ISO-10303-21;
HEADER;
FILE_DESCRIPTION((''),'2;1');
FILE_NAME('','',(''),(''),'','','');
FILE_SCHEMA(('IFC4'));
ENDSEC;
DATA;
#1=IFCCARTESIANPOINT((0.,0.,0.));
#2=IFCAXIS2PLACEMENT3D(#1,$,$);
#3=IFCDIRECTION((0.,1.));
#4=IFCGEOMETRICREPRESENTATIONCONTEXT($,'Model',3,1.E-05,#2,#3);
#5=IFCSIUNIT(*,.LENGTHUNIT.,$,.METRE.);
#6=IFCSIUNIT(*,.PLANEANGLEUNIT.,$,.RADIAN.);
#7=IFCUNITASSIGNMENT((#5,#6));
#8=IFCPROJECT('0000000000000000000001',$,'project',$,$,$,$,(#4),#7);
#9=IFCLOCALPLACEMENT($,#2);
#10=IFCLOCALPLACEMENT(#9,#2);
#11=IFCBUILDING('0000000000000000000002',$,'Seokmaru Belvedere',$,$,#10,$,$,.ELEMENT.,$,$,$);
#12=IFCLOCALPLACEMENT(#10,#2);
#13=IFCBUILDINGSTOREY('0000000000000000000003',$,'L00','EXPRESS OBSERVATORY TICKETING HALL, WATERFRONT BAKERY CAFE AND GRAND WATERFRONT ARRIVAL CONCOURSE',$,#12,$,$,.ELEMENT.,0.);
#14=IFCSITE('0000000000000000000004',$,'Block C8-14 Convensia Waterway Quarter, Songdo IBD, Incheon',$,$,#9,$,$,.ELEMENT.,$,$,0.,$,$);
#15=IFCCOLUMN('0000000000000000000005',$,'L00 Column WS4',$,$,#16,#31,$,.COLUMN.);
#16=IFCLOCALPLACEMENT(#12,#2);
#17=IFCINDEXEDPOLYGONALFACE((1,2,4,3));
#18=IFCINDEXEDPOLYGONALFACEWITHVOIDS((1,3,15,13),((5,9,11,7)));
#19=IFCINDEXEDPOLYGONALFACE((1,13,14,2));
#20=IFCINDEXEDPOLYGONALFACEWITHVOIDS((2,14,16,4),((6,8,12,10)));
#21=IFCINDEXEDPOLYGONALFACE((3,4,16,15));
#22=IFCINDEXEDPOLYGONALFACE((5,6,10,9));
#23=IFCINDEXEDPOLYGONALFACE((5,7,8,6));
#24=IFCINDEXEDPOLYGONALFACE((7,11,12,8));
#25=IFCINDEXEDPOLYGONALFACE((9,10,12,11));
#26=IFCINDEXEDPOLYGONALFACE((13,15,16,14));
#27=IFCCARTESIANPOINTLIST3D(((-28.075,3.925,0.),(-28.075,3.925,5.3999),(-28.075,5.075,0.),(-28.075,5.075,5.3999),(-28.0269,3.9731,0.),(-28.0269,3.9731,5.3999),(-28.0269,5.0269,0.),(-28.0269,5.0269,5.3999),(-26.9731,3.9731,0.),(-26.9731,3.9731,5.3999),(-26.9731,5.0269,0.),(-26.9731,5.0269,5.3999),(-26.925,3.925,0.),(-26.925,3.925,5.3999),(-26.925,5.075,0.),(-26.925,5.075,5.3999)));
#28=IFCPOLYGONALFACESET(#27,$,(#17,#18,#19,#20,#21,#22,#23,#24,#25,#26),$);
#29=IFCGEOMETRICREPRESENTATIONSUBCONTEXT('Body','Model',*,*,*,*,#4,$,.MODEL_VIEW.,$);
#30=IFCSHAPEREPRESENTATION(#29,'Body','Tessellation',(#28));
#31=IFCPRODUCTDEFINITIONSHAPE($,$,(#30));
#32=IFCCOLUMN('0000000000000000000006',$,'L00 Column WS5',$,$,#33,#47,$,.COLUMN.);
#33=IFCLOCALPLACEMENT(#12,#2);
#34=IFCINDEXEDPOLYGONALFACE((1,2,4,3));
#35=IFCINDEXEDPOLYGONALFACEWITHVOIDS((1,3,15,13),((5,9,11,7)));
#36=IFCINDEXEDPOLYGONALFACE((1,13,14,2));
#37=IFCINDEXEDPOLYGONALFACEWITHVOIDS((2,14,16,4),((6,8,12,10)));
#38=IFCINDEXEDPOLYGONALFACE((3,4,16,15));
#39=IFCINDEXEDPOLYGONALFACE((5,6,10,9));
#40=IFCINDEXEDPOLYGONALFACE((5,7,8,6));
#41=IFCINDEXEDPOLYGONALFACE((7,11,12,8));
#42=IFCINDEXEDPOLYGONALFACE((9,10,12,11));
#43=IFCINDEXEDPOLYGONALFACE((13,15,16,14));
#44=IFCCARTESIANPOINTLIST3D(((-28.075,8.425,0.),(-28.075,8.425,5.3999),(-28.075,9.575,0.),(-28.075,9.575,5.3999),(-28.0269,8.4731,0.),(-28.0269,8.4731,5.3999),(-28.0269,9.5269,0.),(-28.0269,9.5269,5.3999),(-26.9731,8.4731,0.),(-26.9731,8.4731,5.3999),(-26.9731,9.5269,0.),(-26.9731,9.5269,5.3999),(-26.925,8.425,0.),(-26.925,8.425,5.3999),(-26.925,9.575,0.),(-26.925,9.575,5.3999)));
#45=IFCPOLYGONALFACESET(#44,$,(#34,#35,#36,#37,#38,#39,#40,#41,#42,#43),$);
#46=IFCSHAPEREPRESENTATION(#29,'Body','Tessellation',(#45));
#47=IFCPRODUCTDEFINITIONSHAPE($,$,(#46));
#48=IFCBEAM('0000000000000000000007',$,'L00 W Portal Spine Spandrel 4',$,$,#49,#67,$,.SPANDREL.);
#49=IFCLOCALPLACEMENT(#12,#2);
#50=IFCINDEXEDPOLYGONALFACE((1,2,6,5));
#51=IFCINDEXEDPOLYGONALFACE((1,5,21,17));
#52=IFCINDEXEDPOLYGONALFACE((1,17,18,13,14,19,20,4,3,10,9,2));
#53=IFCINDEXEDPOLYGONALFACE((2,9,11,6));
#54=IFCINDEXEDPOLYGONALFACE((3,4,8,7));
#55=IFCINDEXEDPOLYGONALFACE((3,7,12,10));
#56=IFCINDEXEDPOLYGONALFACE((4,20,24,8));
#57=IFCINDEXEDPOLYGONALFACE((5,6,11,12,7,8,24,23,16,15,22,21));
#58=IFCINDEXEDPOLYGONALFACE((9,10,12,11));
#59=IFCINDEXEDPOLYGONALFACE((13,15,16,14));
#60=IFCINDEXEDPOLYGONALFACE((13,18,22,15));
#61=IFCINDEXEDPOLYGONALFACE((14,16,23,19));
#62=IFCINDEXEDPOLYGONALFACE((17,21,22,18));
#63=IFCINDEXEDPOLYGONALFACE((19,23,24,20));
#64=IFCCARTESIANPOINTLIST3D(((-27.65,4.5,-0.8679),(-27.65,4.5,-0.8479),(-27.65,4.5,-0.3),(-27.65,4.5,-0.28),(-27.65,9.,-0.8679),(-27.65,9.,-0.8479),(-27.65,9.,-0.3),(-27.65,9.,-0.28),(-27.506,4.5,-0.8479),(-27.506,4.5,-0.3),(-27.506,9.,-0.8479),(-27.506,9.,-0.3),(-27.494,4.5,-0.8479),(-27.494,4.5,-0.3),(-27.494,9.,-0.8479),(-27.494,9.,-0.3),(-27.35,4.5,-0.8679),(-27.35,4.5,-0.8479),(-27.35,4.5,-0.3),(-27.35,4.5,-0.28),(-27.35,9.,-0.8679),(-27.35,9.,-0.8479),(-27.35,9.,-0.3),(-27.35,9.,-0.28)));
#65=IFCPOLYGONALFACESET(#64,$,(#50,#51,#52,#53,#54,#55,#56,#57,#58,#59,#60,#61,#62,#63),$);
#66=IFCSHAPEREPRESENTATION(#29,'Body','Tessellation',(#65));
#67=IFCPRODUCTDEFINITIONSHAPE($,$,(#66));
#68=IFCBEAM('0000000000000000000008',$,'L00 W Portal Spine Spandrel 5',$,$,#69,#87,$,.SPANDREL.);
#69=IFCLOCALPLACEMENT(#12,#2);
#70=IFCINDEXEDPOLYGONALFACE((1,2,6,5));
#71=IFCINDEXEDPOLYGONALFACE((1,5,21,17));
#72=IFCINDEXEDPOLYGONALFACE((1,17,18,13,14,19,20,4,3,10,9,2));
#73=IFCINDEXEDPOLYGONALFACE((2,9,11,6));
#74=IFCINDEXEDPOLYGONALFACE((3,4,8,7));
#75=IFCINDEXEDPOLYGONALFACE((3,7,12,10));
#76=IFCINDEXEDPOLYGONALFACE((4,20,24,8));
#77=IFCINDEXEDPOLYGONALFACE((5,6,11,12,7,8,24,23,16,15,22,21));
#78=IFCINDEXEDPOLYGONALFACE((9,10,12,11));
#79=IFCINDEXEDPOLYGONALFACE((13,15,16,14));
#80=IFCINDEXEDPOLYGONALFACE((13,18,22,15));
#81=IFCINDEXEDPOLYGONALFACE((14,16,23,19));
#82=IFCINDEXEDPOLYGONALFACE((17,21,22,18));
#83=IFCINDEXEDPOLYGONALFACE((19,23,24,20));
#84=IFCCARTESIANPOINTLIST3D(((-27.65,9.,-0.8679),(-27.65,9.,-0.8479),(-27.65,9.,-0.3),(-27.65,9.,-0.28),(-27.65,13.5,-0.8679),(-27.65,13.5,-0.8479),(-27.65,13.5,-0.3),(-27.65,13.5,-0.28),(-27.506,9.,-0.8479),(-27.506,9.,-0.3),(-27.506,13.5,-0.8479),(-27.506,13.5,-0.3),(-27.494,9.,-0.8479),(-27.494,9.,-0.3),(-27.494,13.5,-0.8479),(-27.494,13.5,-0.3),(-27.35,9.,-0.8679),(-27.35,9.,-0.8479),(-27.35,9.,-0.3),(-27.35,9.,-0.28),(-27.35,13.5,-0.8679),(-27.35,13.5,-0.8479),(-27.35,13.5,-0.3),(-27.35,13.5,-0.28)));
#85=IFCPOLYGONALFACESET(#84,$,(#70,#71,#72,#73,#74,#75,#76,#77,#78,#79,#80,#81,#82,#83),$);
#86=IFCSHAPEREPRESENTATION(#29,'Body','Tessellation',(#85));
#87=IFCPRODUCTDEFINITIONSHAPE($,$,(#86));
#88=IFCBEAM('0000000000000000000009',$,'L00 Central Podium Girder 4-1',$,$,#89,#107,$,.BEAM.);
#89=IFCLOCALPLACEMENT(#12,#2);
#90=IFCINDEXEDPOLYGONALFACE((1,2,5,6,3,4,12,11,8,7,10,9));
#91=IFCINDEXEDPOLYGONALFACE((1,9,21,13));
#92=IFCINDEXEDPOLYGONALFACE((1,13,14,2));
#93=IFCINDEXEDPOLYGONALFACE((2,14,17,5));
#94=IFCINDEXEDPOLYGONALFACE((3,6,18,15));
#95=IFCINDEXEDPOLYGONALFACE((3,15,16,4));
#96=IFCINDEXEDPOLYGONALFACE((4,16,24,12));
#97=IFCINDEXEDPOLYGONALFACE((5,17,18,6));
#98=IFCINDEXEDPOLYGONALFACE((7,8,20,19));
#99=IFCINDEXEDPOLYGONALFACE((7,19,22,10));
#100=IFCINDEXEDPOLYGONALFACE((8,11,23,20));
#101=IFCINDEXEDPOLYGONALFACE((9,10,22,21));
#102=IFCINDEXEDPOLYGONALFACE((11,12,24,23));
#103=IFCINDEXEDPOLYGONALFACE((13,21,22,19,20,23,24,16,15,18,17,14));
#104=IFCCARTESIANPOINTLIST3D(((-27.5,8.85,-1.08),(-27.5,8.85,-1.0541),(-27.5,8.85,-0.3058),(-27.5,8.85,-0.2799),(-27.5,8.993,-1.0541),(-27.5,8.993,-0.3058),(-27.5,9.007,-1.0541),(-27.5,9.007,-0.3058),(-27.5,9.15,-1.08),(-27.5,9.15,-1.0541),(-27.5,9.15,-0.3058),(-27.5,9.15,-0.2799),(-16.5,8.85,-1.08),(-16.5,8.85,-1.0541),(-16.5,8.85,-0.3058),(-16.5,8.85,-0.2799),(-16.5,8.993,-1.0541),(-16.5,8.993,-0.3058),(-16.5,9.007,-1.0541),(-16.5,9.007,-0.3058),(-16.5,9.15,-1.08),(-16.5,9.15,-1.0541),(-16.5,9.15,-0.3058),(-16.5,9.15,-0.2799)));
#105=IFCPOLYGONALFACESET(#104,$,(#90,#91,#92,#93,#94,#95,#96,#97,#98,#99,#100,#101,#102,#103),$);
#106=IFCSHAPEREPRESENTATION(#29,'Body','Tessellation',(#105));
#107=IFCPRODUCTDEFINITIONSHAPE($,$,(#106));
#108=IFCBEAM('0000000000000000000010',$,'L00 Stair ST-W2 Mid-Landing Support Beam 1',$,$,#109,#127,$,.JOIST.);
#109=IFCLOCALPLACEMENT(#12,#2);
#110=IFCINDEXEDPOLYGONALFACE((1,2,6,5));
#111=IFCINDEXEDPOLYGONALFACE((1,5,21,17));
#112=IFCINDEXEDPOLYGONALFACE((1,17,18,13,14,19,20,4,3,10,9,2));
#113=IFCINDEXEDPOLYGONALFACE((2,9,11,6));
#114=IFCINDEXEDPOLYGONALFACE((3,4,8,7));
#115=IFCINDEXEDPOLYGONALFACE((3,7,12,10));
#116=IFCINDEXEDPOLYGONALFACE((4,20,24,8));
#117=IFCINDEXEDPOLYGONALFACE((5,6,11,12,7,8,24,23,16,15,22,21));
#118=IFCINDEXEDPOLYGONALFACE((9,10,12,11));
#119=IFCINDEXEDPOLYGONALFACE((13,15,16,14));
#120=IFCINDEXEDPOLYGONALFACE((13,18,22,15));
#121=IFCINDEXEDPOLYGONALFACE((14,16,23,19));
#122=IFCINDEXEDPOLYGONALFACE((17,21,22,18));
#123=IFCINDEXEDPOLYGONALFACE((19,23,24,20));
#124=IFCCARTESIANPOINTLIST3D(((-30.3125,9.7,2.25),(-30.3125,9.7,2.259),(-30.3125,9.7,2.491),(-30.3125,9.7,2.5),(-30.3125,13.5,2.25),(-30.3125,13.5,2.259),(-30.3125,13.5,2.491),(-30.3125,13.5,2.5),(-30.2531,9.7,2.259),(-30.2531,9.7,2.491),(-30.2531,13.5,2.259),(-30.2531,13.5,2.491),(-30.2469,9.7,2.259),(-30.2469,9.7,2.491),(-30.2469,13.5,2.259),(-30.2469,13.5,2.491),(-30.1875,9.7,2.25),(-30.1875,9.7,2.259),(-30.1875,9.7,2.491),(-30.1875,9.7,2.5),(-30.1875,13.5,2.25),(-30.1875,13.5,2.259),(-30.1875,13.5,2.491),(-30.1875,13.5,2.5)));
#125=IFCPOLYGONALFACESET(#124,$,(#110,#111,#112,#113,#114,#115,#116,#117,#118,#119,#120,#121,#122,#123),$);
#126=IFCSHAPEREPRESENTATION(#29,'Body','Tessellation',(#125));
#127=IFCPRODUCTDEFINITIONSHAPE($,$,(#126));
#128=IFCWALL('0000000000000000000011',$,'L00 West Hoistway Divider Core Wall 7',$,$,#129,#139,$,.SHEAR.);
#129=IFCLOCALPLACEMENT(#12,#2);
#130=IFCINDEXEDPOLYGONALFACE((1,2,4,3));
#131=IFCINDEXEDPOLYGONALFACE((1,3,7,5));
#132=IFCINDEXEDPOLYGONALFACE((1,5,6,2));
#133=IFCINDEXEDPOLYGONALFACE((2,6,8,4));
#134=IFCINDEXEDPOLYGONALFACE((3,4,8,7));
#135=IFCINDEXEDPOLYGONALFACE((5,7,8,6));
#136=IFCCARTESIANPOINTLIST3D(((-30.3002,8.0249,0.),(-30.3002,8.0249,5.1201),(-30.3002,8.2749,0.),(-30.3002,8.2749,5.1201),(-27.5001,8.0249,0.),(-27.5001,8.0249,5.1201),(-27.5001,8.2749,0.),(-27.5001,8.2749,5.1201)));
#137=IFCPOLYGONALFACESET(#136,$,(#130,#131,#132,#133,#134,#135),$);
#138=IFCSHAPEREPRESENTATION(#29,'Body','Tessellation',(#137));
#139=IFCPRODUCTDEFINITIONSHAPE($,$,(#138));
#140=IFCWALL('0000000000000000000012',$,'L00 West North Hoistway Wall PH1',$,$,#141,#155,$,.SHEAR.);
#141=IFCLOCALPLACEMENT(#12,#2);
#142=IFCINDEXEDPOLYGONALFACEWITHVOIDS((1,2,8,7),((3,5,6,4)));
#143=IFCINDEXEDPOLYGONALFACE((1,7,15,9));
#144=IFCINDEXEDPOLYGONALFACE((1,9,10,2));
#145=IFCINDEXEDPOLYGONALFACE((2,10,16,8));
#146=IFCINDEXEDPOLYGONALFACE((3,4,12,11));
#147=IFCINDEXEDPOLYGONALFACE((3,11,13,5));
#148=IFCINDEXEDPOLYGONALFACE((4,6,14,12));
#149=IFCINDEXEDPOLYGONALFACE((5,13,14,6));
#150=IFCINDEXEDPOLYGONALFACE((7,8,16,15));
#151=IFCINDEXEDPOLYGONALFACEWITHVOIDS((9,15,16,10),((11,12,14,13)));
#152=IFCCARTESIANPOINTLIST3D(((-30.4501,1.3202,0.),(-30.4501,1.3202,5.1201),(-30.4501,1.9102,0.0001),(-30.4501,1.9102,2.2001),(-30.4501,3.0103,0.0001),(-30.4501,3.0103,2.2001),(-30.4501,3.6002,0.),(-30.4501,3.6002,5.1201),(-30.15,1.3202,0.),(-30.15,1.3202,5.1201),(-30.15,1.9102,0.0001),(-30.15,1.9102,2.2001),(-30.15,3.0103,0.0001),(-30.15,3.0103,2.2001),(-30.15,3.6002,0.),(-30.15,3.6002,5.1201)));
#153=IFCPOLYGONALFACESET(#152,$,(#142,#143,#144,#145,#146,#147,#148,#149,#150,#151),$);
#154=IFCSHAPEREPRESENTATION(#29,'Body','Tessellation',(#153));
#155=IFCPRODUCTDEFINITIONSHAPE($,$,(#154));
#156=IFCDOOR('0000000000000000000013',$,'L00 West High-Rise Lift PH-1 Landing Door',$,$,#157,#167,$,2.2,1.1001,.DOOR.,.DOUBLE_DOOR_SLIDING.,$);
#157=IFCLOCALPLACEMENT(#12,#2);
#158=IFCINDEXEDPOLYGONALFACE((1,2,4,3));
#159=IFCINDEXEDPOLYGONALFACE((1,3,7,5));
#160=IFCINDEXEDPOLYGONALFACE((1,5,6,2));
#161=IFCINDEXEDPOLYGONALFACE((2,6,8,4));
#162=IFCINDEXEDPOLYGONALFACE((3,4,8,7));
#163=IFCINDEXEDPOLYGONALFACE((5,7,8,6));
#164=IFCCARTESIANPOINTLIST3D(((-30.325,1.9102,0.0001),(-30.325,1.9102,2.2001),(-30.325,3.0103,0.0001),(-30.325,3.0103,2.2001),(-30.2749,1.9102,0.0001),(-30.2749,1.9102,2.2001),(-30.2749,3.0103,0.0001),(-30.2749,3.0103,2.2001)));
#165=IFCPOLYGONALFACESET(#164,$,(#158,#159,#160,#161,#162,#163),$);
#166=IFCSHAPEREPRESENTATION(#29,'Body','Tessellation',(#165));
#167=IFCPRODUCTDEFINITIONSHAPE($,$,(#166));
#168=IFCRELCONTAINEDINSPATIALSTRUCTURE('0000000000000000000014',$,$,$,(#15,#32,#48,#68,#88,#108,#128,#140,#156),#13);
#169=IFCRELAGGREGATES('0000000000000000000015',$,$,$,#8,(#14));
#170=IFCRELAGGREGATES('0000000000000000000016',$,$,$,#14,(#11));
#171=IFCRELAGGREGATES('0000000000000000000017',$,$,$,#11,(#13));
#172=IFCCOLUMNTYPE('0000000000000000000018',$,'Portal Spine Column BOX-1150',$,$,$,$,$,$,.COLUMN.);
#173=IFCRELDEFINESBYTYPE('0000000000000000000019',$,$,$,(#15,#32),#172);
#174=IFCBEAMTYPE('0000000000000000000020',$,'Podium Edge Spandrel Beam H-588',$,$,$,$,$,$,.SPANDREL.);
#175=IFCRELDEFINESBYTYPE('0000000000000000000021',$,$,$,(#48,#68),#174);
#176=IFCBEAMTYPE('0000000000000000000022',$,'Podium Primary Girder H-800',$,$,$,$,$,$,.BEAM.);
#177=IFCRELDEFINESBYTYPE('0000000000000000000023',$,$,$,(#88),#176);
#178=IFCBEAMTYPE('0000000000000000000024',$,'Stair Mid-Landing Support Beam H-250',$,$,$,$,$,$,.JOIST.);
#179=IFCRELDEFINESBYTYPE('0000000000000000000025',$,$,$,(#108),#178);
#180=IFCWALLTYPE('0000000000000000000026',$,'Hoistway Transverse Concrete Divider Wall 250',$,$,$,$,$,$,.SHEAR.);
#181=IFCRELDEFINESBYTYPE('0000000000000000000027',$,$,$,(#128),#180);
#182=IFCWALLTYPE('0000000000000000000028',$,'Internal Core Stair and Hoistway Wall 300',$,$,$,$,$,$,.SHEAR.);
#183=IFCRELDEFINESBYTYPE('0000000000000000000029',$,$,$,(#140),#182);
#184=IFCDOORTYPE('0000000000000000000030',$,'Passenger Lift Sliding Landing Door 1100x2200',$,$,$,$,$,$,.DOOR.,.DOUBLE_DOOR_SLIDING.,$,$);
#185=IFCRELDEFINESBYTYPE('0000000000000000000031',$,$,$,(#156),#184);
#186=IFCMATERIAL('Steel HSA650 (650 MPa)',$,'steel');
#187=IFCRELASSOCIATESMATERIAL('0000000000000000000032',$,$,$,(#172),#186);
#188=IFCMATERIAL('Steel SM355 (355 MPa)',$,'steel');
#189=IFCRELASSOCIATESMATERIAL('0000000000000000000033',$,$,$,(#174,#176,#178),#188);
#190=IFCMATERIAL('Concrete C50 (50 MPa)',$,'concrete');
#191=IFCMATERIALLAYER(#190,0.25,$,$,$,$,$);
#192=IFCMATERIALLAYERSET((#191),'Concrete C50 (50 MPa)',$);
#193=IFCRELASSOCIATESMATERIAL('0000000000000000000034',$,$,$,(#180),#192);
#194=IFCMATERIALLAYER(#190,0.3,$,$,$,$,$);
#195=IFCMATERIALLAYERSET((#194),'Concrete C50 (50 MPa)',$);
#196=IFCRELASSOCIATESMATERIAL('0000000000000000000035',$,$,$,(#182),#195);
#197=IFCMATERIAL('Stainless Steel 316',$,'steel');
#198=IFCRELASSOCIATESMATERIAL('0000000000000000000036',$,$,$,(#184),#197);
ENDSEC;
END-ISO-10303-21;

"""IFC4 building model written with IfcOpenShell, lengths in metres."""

from ifc_helpers import new_model, si_unit, direction, frame, frame_2d, origin, origin_2d, place, context, subcontext, project, spatial, rectangle, hollow_rectangle, i_section, extrude, source, transform, mapped, material, layer, layer_set, material_profile, profile_set, type_object, type_shapes, element, fill, save


model = new_model("IFC4")

# Units and contexts
model_context = context("Model", 3, precision=1e-05, world=origin(), true_north=direction((0.0, 1.0)))
body_context = subcontext(model_context, "Body", "Model", "MODEL_VIEW")
ifc_project = project(units=[si_unit("LENGTHUNIT", "METRE"), si_unit("PLANEANGLEUNIT", "RADIAN")], contexts=[model_context])

# Site, building, storey
site_placement = place(None, origin())
site = spatial("IfcSite", under=ifc_project, at=site_placement, Name="Block C8-14 Convensia Waterway Quarter, Songdo IBD, Incheon", CompositionType="ELEMENT", RefElevation=0.0)
building_placement = place(site_placement, origin())
building = spatial("IfcBuilding", under=site, at=building_placement, Name="Seokmaru Belvedere", CompositionType="ELEMENT")
storey_placement = place(building_placement, origin())
storey = spatial("IfcBuildingStorey", under=building, at=storey_placement, Name="L00", Description="EXPRESS OBSERVATORY TICKETING HALL, WATERFRONT BAKERY CAFE AND GRAND WATERFRONT ARRIVAL CONCOURSE", CompositionType="ELEMENT", Elevation=0.0)

# Columns
ifc_material_1 = material(Name="Steel HSA650 (650 MPa)", Category="steel")
ifc_material_profile_1 = material_profile(ifc_material_1, hollow_rectangle(XDim=1.1499, YDim=1.1499, WallThickness=0.0481, at=origin_2d()), Name="BOX-1150x1150x48")
ifc_profile_set_1 = profile_set([ifc_material_profile_1], Name="Steel HSA650 (650 MPa)")
column_type = type_object("IfcColumnType", Name="Portal Spine Column BOX-1150", PredefinedType="COLUMN", material=ifc_profile_set_1)
shared_shape_1 = source(origin(), body_context, "Body", "SweptSolid", [
    extrude(hollow_rectangle(XDim=1.1499, YDim=1.1499, WallThickness=0.0481, at=origin_2d()), origin(), (0.0, 0.0, 1.0), 5.3999),
])
type_shapes(column_type, [shared_shape_1])
for number, where, z_axis, x_axis, name in (
    (1, (-27.5, 4.5, 0.0), (0.0, 0.0, 1.0), (1.0, 0.0, 0.0), "L00 Column WS4"),
    (2, (-27.5, 9.0, 0.0), (0.0, 0.0, 1.0), (1.0, 0.0, 0.0), "L00 Column WS5"),
):
    element("IfcColumn", number, at=place(storey_placement, frame(where, z_axis=z_axis, x_axis=x_axis)), inside=storey, type_object=column_type, Name=name, PredefinedType="COLUMN", context=body_context, shape_type="MappedRepresentation", body=[
        mapped(shared_shape_1, transform((0.0, 0.0, 0.0), scale=1.0)),
    ])

# Beams
ifc_material_2 = material(Name="Steel SM355 (355 MPa)", Category="steel")
ifc_material_profile_2 = material_profile(ifc_material_2, i_section(OverallWidth=0.3, OverallDepth=0.5879, WebThickness=0.012, FlangeThickness=0.02, at=origin_2d()), Name="H-588x300x12x20")
ifc_profile_set_2 = profile_set([ifc_material_profile_2], Name="Steel SM355 (355 MPa)")
beam_type_1 = type_object("IfcBeamType", Name="Podium Edge Spandrel Beam H-588", PredefinedType="SPANDREL", material=ifc_profile_set_2)
shared_shape_2 = source(origin(), body_context, "Body", "SweptSolid", [
    extrude(i_section(OverallWidth=0.3, OverallDepth=0.5879, WebThickness=0.012, FlangeThickness=0.02, at=origin_2d()), origin(), (0.0, 0.0, 1.0), 4.5),
])
type_shapes(beam_type_1, [shared_shape_2])
for number, where, z_axis, x_axis, name in (
    (3, (-27.5, 4.5, -0.574), (0.0, 1.0, 0.0), (-1.0, 0.0, 0.0), "L00 W Portal Spine Spandrel 4"),
    (4, (-27.5, 9.0, -0.574), (0.0, 1.0, 0.0), (-1.0, 0.0, 0.0), "L00 W Portal Spine Spandrel 5"),
):
    element("IfcBeam", number, at=place(storey_placement, frame(where, z_axis=z_axis, x_axis=x_axis)), inside=storey, type_object=beam_type_1, Name=name, PredefinedType="SPANDREL", context=body_context, shape_type="MappedRepresentation", body=[
        mapped(shared_shape_2, transform((0.0, 0.0, 0.0), scale=1.0)),
    ])
ifc_material_profile_3 = material_profile(ifc_material_2, i_section(OverallWidth=0.3, OverallDepth=0.8, WebThickness=0.0139, FlangeThickness=0.0259, at=origin_2d()), Name="H-800x300x14x26")
ifc_profile_set_3 = profile_set([ifc_material_profile_3], Name="Steel SM355 (355 MPa)")
beam_type_2 = type_object("IfcBeamType", Name="Podium Primary Girder H-800", PredefinedType="BEAM", material=ifc_profile_set_3)
shared_shape_3 = source(origin(), body_context, "Body", "SweptSolid", [
    extrude(i_section(OverallWidth=0.3, OverallDepth=0.8, WebThickness=0.0139, FlangeThickness=0.0259, at=origin_2d()), origin(), (0.0, 0.0, 1.0), 11.0),
])
type_shapes(beam_type_2, [shared_shape_3])
beam_1_placement = place(storey_placement, frame((-27.5, 9.0, -0.6799), z_axis=(1.0, 0.0, 0.0), x_axis=(0.0, 1.0, 0.0)))
element("IfcBeam", 5, at=beam_1_placement, inside=storey, type_object=beam_type_2, Name="L00 Central Podium Girder 4-1", PredefinedType="BEAM", context=body_context, shape_type="MappedRepresentation", body=[
    mapped(shared_shape_3, transform((0.0, 0.0, 0.0), scale=1.0)),
])
ifc_material_profile_4 = material_profile(ifc_material_2, i_section(OverallWidth=0.125, OverallDepth=0.25, WebThickness=0.0061, FlangeThickness=0.009, at=origin_2d()), Name="H-250x125x6x9")
ifc_profile_set_4 = profile_set([ifc_material_profile_4], Name="Steel SM355 (355 MPa)")
beam_type_3 = type_object("IfcBeamType", Name="Stair Mid-Landing Support Beam H-250", PredefinedType="JOIST", material=ifc_profile_set_4)
shared_shape_4 = source(origin(), body_context, "Body", "SweptSolid", [
    extrude(i_section(OverallWidth=0.125, OverallDepth=0.25, WebThickness=0.0061, FlangeThickness=0.009, at=origin_2d()), origin(), (0.0, 0.0, 1.0), 3.8),
])
type_shapes(beam_type_3, [shared_shape_4])
beam_2_placement = place(storey_placement, frame((-30.25, 9.7, 2.375), z_axis=(0.0, 1.0, 0.0), x_axis=(-1.0, 0.0, 0.0)))
element("IfcBeam", 6, at=beam_2_placement, inside=storey, type_object=beam_type_3, Name="L00 Stair ST-W2 Mid-Landing Support Beam 1", PredefinedType="JOIST", context=body_context, shape_type="MappedRepresentation", body=[
    mapped(shared_shape_4, transform((0.0, 0.0, 0.0), scale=1.0)),
])

# Wall
ifc_material_3 = material(Name="Concrete C50 (50 MPa)", Category="concrete")
ifc_layer_1 = layer(ifc_material_3, 0.25)
ifc_layer_set_1 = layer_set([ifc_layer_1], Name="Concrete C50 (50 MPa)")
wall_type_1 = type_object("IfcWallType", Name="Hoistway Transverse Concrete Divider Wall 250", PredefinedType="SHEAR", material=ifc_layer_set_1)
wall_1_placement = place(storey_placement, frame((-30.3, 8.1499, 0.0), z_axis=(0.0, 0.0, 1.0), x_axis=(1.0, 0.0, 0.0)))
element("IfcWall", 7, at=wall_1_placement, inside=storey, type_object=wall_type_1, Name="L00 West Hoistway Divider Core Wall 7", PredefinedType="SHEAR", context=body_context, shape_type="SweptSolid", body=[
    extrude(rectangle(XDim=2.8, YDim=0.25, at=frame_2d((1.3999, 0.0))), origin(), (0.0, 0.0, 1.0), 5.1201),
])

# Wall, opening, door
ifc_layer_2 = layer(ifc_material_3, 0.3)
ifc_layer_set_2 = layer_set([ifc_layer_2], Name="Concrete C50 (50 MPa)")
wall_type_2 = type_object("IfcWallType", Name="Internal Core Stair and Hoistway Wall 300", PredefinedType="SHEAR", material=ifc_layer_set_2)
wall_2_placement = place(storey_placement, frame((-30.3, 1.3201, 0.0), z_axis=(0.0, 0.0, 1.0), x_axis=(0.0, 1.0, 0.0)))
wall_2 = element("IfcWall", 8, at=wall_2_placement, inside=storey, type_object=wall_type_2, Name="L00 West North Hoistway Wall PH1", PredefinedType="SHEAR", context=body_context, shape_type="SweptSolid", body=[
    extrude(rectangle(XDim=2.28, YDim=0.3, at=frame_2d((1.1401, 0.0))), origin(), (0.0, 0.0, 1.0), 5.1201),
])
opening_1_placement = place(wall_2_placement, frame((0.5901, 0.0, 0.0)))
opening_1 = element("IfcOpeningElement", 9, at=opening_1_placement, cuts=wall_2, PredefinedType="OPENING", context=body_context, shape_type="SweptSolid", body=[
    extrude(rectangle(XDim=1.1001, YDim=2.2, at=frame_2d((0.55, 1.1001))), frame((0.0, 0.1602, 0.0), z_axis=(0.0, -1.0, 0.0), x_axis=(1.0, 0.0, 0.0)), (0.0, 0.0, 1.0), 0.3201),
])
ifc_material_4 = material(Name="Stainless Steel 316", Category="steel")
door_type_1 = type_object("IfcDoorType", Name="Passenger Lift Sliding Landing Door 1100x2200", OperationType="DOUBLE_DOOR_SLIDING", PredefinedType="DOOR", material=ifc_material_4)
shared_shape_5 = source(origin(), body_context, "Body", "SweptSolid", [
    extrude(rectangle(XDim=1.1001, YDim=2.2, at=frame_2d((0.55, 1.1001))), frame((0.0, 0.0249, 0.0), z_axis=(0.0, -1.0, 0.0), x_axis=(1.0, 0.0, 0.0)), (0.0, 0.0, 1.0), 0.05),
])
type_shapes(door_type_1, [shared_shape_5])
door_1_placement = place(opening_1_placement, origin())
door_1 = element("IfcDoor", 10, at=door_1_placement, inside=storey, type_object=door_type_1, Name="L00 West High-Rise Lift PH-1 Landing Door", OperationType="DOUBLE_DOOR_SLIDING", OverallHeight=2.2, OverallWidth=1.1001, PredefinedType="DOOR", context=body_context, shape_type="MappedRepresentation", body=[
    mapped(shared_shape_5, transform((0.0, 0.0, 0.0), scale=1.0)),
])
fill(opening_1, door_1)

save(model, "model.ifc")
